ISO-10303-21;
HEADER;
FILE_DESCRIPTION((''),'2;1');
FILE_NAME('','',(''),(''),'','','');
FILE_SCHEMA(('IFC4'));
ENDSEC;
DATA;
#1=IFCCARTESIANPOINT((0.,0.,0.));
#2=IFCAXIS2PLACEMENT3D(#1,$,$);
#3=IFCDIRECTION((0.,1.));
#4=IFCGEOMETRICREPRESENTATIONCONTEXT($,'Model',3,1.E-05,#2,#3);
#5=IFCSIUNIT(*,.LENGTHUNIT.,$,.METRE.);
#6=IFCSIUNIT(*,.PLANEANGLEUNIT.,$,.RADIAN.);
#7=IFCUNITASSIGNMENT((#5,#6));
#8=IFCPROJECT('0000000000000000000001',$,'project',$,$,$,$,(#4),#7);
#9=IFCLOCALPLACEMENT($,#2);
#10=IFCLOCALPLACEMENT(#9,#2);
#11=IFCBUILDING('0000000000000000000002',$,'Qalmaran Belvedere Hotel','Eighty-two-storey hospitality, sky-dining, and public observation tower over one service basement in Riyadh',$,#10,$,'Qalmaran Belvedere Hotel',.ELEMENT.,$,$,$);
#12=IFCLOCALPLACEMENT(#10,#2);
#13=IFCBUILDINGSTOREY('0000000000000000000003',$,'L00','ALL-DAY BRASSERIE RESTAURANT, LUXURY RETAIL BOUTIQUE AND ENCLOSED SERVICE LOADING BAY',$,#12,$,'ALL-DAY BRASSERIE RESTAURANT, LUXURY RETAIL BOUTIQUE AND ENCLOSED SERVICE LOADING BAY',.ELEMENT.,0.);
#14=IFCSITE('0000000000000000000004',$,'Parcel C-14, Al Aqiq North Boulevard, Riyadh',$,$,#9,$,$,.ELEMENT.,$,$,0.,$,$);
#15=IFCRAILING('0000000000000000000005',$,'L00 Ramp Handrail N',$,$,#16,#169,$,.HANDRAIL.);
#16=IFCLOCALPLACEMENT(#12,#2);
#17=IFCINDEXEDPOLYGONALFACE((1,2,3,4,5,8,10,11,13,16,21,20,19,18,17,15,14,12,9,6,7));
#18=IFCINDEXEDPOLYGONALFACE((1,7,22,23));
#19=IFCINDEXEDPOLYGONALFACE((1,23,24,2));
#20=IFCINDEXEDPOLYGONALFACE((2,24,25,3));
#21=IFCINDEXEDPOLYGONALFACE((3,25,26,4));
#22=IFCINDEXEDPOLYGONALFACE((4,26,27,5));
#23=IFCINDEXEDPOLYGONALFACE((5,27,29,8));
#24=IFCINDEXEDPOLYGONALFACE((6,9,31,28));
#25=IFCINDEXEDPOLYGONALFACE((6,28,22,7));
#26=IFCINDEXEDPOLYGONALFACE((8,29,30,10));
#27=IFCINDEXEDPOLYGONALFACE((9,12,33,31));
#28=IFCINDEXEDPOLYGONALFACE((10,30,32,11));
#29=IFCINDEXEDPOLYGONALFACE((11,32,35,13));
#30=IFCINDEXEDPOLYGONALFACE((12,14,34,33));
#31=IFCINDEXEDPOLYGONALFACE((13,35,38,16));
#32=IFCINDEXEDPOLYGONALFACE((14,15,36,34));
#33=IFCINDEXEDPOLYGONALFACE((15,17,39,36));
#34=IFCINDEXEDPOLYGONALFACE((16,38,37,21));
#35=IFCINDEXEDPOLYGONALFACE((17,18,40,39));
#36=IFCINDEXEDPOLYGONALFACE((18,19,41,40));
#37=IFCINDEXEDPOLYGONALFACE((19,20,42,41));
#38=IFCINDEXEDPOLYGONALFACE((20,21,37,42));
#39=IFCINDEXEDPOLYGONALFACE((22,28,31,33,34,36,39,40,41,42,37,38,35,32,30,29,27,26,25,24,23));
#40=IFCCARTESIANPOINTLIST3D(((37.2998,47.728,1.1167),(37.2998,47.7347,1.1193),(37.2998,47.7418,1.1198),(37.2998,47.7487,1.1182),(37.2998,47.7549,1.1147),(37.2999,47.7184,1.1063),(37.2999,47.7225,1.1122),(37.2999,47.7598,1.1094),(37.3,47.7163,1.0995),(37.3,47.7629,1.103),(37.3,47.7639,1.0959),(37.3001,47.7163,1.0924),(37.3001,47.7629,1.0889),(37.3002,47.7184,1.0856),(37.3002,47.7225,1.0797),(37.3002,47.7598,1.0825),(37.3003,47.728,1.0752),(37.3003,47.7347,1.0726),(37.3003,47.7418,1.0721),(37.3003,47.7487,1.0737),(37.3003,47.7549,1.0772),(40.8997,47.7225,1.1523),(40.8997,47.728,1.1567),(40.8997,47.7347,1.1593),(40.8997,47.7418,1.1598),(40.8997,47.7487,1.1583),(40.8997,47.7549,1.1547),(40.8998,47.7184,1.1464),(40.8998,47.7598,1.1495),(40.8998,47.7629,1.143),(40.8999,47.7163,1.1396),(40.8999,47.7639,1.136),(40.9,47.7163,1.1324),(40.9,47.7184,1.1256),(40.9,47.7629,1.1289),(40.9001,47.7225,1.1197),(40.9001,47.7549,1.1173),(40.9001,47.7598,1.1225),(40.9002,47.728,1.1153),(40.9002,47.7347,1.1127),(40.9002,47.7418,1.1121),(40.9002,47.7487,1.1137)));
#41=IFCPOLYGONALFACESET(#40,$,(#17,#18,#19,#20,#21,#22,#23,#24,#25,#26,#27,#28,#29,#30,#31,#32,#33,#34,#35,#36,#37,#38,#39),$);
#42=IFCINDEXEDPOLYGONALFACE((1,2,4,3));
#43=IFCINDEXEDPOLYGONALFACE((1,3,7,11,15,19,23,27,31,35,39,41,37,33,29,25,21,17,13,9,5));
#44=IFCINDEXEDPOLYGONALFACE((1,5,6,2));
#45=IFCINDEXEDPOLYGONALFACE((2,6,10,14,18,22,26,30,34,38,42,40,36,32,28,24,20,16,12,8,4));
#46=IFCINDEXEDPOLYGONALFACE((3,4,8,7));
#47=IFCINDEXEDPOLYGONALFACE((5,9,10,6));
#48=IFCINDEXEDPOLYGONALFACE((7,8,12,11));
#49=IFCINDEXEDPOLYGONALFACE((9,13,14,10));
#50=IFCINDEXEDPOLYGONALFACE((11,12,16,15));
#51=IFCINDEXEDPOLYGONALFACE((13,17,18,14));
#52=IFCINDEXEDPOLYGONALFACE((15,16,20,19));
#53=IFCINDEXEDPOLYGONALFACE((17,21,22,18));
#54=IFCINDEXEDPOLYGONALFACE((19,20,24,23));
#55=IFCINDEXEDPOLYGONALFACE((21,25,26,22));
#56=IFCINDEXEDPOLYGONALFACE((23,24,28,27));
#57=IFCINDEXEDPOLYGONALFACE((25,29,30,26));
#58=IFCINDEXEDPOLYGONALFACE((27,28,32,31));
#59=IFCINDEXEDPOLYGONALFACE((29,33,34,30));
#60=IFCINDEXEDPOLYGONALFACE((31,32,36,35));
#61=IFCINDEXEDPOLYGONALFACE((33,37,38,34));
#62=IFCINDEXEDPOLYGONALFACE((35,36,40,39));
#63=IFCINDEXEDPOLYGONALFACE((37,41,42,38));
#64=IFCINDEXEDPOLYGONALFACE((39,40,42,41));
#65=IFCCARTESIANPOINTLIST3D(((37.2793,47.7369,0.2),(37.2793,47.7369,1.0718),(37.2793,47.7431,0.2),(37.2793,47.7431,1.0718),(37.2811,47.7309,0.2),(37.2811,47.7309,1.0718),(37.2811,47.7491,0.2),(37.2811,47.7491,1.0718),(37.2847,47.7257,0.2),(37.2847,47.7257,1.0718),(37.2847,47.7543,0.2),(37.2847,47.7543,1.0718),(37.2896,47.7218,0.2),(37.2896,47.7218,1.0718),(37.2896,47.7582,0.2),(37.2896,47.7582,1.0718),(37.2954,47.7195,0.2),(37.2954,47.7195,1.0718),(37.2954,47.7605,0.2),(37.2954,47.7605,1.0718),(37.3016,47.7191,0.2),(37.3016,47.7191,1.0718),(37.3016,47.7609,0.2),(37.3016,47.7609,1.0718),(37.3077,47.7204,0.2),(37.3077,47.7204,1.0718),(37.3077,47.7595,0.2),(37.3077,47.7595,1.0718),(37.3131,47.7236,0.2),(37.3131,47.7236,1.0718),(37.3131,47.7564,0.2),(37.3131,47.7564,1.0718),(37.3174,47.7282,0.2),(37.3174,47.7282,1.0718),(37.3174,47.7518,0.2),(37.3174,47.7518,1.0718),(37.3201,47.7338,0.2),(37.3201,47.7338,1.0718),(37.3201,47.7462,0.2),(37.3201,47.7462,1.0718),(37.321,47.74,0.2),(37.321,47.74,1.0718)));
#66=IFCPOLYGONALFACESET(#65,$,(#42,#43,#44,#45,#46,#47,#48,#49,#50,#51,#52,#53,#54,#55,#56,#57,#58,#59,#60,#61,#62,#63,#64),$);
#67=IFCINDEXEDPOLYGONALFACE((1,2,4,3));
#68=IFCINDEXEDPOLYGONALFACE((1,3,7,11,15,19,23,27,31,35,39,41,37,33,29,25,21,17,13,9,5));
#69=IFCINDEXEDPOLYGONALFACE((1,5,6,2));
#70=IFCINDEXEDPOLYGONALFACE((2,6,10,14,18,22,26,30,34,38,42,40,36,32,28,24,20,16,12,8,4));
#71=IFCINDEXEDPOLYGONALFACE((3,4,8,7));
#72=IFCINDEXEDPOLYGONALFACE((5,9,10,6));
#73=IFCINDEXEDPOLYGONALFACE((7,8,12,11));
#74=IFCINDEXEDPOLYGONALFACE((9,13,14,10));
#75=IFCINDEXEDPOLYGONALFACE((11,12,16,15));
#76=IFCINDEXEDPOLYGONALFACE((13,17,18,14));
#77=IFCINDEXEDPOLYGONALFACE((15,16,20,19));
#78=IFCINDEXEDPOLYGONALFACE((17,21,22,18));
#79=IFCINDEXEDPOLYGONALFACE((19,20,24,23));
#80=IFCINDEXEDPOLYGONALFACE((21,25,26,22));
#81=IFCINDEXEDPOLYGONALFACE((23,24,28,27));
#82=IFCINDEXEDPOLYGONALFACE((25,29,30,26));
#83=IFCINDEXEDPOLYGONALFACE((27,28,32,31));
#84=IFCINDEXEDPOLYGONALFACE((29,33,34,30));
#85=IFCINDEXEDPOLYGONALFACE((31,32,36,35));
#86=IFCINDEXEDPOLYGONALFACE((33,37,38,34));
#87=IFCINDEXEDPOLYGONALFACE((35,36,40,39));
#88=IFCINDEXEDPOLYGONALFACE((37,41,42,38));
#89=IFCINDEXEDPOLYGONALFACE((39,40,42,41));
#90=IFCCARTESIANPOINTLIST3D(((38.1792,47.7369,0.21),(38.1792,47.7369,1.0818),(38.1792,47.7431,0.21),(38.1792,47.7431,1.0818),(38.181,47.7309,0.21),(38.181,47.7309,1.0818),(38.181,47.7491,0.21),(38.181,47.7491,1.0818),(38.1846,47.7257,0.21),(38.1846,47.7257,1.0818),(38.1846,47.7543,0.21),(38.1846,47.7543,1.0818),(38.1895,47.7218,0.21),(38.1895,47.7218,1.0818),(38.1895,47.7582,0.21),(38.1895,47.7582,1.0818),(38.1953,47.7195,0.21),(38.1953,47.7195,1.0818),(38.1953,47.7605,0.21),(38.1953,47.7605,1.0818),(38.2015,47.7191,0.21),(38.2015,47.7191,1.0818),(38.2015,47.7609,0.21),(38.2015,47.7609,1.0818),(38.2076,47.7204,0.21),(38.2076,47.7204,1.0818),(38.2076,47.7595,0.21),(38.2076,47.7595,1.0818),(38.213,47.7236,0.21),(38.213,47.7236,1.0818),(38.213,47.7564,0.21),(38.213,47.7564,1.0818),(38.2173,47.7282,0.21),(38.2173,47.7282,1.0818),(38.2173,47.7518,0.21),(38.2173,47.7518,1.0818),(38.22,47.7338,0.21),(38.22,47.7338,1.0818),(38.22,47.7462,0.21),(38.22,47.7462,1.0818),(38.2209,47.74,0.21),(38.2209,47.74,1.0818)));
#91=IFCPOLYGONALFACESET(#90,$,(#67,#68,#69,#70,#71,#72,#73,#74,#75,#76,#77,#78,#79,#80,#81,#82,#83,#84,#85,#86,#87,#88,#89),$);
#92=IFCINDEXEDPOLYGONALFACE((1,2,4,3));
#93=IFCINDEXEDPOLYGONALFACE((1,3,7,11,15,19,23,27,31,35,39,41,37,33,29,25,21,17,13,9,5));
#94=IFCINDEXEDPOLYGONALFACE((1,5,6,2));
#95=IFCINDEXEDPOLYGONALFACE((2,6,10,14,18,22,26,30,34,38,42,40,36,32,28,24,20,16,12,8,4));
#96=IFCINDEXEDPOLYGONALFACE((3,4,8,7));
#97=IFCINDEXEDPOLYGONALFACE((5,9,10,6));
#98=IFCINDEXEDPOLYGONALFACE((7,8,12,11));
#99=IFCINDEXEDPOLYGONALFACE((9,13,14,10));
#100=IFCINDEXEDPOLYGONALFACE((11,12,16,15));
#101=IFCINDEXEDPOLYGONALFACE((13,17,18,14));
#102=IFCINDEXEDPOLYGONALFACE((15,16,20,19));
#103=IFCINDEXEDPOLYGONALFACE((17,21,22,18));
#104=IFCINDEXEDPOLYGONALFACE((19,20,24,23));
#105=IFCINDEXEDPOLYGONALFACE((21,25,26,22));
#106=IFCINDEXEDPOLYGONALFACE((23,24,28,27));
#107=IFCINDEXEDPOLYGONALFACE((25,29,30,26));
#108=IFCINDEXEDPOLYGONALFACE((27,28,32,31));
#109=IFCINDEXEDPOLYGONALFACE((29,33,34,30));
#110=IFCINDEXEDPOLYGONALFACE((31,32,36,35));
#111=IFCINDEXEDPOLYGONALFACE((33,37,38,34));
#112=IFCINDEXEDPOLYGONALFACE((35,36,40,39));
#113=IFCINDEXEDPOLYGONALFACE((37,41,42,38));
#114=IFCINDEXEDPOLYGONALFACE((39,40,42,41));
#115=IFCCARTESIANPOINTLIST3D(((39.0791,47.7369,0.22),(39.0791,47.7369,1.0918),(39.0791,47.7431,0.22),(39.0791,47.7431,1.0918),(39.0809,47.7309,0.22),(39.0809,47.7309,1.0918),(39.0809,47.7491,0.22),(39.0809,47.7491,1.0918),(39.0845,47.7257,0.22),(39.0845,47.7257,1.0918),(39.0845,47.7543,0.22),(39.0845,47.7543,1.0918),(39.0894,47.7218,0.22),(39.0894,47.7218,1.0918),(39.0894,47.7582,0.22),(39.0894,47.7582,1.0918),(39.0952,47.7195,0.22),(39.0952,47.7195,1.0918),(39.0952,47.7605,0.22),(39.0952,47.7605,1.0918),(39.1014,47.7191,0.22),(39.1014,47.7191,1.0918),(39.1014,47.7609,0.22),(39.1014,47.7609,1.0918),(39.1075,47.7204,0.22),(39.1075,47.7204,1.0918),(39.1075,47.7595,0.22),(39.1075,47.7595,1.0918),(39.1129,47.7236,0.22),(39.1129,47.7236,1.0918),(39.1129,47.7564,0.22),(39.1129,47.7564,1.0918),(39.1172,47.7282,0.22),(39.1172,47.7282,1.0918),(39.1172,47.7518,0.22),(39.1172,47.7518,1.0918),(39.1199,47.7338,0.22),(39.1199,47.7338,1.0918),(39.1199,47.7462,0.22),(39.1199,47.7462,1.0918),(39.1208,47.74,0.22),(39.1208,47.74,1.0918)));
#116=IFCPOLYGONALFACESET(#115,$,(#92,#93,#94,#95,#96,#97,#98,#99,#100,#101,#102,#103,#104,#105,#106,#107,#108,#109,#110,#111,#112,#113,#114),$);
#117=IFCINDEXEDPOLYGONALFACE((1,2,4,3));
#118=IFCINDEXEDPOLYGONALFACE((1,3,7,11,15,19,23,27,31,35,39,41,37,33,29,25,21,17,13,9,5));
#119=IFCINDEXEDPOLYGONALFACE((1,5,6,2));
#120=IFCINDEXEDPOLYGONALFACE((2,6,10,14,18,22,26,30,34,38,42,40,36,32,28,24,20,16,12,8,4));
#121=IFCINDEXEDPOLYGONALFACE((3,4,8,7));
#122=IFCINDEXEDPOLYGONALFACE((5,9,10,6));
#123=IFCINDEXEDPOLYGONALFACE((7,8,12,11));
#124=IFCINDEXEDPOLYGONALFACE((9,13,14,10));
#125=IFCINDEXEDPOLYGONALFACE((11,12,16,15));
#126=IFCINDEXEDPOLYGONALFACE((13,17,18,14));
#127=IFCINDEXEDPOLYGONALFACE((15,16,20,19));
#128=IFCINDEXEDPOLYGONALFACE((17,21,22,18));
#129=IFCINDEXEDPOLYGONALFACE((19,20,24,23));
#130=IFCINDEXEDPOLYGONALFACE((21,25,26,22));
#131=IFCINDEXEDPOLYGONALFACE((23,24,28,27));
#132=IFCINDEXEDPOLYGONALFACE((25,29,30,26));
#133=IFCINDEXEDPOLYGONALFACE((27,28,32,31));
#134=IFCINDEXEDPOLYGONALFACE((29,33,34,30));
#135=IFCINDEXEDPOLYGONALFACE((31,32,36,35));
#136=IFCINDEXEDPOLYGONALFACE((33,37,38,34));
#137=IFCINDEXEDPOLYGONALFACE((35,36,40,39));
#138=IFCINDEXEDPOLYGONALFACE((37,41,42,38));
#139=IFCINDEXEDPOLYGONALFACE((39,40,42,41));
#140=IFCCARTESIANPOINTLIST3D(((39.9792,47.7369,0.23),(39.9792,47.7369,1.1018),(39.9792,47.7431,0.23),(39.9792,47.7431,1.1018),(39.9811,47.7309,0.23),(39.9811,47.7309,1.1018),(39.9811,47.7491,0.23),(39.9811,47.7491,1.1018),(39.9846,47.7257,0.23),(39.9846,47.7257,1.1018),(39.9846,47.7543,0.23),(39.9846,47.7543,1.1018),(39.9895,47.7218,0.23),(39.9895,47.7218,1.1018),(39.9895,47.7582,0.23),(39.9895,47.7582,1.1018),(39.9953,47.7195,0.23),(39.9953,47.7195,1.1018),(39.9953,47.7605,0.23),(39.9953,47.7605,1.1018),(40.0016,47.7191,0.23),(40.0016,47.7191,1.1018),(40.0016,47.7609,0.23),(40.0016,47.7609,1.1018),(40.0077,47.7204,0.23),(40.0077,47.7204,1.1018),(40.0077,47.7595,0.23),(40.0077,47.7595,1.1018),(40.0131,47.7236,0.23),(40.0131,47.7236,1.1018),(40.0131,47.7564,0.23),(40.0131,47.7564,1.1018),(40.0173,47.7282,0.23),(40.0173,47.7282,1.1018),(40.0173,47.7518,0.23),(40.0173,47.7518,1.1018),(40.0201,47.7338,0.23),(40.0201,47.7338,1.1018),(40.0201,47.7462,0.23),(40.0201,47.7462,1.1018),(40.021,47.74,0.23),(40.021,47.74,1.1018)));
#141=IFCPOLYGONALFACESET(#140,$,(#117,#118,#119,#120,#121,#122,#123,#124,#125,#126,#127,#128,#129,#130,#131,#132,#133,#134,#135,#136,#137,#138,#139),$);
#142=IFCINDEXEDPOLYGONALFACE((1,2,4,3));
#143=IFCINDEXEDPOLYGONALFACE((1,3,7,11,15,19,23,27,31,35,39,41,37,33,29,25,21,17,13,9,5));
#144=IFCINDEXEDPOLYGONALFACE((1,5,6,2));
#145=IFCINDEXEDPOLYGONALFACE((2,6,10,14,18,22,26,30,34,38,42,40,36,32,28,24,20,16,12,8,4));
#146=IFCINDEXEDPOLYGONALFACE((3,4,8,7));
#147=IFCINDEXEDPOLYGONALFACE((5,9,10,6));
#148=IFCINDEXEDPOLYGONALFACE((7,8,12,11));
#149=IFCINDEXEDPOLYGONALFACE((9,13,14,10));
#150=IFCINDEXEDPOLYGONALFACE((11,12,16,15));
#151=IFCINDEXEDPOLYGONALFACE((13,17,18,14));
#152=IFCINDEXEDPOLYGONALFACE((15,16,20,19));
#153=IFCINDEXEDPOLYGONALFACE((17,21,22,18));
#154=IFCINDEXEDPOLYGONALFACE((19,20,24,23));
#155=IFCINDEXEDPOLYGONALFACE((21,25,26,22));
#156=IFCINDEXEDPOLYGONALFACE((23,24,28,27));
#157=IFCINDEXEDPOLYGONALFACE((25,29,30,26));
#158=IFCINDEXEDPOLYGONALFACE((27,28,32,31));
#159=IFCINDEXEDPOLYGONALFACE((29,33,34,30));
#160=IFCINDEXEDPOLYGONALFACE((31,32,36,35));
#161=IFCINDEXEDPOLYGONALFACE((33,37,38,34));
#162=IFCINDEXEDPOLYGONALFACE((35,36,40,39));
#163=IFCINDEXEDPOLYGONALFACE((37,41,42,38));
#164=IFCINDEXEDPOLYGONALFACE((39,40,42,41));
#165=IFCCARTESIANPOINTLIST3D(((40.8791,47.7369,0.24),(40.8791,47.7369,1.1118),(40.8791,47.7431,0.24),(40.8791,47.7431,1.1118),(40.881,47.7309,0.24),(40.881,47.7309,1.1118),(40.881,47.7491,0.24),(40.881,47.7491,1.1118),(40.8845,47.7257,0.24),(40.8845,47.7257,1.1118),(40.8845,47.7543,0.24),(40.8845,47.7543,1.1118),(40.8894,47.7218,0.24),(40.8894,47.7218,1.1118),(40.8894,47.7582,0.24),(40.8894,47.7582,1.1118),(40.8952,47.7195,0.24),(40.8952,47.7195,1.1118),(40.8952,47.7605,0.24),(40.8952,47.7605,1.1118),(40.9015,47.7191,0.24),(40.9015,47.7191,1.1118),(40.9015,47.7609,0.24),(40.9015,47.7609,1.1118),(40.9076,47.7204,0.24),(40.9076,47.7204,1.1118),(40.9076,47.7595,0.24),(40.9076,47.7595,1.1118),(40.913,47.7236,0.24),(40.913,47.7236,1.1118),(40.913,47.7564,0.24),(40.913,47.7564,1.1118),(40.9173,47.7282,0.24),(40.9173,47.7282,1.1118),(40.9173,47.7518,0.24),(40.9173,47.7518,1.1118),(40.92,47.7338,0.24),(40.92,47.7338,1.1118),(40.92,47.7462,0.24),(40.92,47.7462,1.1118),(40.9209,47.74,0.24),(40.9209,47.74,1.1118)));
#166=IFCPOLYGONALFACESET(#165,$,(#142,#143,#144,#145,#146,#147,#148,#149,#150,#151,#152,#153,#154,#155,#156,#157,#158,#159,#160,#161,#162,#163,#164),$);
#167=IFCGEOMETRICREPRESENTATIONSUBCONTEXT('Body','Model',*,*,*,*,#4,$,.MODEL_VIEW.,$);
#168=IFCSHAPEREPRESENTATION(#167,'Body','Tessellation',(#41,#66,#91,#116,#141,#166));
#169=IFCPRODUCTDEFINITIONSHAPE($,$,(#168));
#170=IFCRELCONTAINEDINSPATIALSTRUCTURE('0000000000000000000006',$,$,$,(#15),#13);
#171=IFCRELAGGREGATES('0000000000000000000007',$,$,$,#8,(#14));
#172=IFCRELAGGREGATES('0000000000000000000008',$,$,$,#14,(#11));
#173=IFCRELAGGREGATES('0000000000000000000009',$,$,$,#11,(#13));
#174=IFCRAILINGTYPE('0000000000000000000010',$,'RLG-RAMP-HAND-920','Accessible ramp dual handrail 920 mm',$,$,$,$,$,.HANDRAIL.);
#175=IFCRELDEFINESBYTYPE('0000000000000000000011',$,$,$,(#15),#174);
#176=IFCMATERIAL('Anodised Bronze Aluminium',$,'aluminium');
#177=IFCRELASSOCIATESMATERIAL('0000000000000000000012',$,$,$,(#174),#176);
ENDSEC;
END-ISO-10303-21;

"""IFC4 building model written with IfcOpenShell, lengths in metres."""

from ifc_helpers import new_model, si_unit, direction, frame, origin, origin_2d, place, context, subcontext, project, spatial, circle, extrude, material, type_object, element, save


model = new_model("IFC4")

# Units and contexts
model_context = context("Model", 3, precision=1e-05, world=origin(), true_north=direction((0.0, 1.0)))
body_context = subcontext(model_context, "Body", "Model", "MODEL_VIEW")
ifc_project = project(units=[si_unit("LENGTHUNIT", "METRE"), si_unit("PLANEANGLEUNIT", "RADIAN")], contexts=[model_context])

# Site, building, storey
site_placement = place(None, origin())
site = spatial("IfcSite", under=ifc_project, at=site_placement, Name="Parcel C-14, Al Aqiq North Boulevard, Riyadh", CompositionType="ELEMENT", RefElevation=0.0)
building_placement = place(site_placement, origin())
building = spatial("IfcBuilding", under=site, at=building_placement, Name="Qalmaran Belvedere Hotel", Description="Eighty-two-storey hospitality, sky-dining, and public observation tower over one service basement in Riyadh", LongName="Qalmaran Belvedere Hotel", CompositionType="ELEMENT")
storey_placement = place(building_placement, origin())
storey = spatial("IfcBuildingStorey", under=building, at=storey_placement, Name="L00", Description="ALL-DAY BRASSERIE RESTAURANT, LUXURY RETAIL BOUTIQUE AND ENCLOSED SERVICE LOADING BAY", LongName="ALL-DAY BRASSERIE RESTAURANT, LUXURY RETAIL BOUTIQUE AND ENCLOSED SERVICE LOADING BAY", CompositionType="ELEMENT", Elevation=0.0)

# Railing
ifc_material_1 = material(Name="Anodised Bronze Aluminium", Category="aluminium")
railing_type = type_object("IfcRailingType", Name="RLG-RAMP-HAND-920", Description="Accessible ramp dual handrail 920 mm", PredefinedType="HANDRAIL", material=ifc_material_1)
for number, where, name in (
    (1, (37.3, 47.74, 0.2), "L00 Ramp Handrail N"),
):
    element("IfcRailing", number, at=place(storey_placement, frame(where)), inside=storey, type_object=railing_type, Name=name, PredefinedType="HANDRAIL", context=body_context, shape_type="SweptSolid", body=[
        extrude(circle(Radius=0.0239, at=origin_2d()), frame((0.0, 0.0, 0.896), z_axis=(0.999938, 0.0, 0.011122), x_axis=(0.0, 1.0, 0.0)), (0.0, 0.0, 1.0), 3.6001),
        extrude(circle(Radius=0.021, at=origin_2d()), origin(), (0.0, 0.0, 1.0), 0.8718),
        extrude(circle(Radius=0.021, at=origin_2d()), frame((0.8999, 0.0, 0.01)), (0.0, 0.0, 1.0), 0.8718),
        extrude(circle(Radius=0.021, at=origin_2d()), frame((1.7998, 0.0, 0.02)), (0.0, 0.0, 1.0), 0.8718),
        extrude(circle(Radius=0.021, at=origin_2d()), frame((2.7, 0.0, 0.03)), (0.0, 0.0, 1.0), 0.8718),
        extrude(circle(Radius=0.021, at=origin_2d()), frame((3.5999, 0.0, 0.04)), (0.0, 0.0, 1.0), 0.8718),
    ])

save(model, "model.ifc")
